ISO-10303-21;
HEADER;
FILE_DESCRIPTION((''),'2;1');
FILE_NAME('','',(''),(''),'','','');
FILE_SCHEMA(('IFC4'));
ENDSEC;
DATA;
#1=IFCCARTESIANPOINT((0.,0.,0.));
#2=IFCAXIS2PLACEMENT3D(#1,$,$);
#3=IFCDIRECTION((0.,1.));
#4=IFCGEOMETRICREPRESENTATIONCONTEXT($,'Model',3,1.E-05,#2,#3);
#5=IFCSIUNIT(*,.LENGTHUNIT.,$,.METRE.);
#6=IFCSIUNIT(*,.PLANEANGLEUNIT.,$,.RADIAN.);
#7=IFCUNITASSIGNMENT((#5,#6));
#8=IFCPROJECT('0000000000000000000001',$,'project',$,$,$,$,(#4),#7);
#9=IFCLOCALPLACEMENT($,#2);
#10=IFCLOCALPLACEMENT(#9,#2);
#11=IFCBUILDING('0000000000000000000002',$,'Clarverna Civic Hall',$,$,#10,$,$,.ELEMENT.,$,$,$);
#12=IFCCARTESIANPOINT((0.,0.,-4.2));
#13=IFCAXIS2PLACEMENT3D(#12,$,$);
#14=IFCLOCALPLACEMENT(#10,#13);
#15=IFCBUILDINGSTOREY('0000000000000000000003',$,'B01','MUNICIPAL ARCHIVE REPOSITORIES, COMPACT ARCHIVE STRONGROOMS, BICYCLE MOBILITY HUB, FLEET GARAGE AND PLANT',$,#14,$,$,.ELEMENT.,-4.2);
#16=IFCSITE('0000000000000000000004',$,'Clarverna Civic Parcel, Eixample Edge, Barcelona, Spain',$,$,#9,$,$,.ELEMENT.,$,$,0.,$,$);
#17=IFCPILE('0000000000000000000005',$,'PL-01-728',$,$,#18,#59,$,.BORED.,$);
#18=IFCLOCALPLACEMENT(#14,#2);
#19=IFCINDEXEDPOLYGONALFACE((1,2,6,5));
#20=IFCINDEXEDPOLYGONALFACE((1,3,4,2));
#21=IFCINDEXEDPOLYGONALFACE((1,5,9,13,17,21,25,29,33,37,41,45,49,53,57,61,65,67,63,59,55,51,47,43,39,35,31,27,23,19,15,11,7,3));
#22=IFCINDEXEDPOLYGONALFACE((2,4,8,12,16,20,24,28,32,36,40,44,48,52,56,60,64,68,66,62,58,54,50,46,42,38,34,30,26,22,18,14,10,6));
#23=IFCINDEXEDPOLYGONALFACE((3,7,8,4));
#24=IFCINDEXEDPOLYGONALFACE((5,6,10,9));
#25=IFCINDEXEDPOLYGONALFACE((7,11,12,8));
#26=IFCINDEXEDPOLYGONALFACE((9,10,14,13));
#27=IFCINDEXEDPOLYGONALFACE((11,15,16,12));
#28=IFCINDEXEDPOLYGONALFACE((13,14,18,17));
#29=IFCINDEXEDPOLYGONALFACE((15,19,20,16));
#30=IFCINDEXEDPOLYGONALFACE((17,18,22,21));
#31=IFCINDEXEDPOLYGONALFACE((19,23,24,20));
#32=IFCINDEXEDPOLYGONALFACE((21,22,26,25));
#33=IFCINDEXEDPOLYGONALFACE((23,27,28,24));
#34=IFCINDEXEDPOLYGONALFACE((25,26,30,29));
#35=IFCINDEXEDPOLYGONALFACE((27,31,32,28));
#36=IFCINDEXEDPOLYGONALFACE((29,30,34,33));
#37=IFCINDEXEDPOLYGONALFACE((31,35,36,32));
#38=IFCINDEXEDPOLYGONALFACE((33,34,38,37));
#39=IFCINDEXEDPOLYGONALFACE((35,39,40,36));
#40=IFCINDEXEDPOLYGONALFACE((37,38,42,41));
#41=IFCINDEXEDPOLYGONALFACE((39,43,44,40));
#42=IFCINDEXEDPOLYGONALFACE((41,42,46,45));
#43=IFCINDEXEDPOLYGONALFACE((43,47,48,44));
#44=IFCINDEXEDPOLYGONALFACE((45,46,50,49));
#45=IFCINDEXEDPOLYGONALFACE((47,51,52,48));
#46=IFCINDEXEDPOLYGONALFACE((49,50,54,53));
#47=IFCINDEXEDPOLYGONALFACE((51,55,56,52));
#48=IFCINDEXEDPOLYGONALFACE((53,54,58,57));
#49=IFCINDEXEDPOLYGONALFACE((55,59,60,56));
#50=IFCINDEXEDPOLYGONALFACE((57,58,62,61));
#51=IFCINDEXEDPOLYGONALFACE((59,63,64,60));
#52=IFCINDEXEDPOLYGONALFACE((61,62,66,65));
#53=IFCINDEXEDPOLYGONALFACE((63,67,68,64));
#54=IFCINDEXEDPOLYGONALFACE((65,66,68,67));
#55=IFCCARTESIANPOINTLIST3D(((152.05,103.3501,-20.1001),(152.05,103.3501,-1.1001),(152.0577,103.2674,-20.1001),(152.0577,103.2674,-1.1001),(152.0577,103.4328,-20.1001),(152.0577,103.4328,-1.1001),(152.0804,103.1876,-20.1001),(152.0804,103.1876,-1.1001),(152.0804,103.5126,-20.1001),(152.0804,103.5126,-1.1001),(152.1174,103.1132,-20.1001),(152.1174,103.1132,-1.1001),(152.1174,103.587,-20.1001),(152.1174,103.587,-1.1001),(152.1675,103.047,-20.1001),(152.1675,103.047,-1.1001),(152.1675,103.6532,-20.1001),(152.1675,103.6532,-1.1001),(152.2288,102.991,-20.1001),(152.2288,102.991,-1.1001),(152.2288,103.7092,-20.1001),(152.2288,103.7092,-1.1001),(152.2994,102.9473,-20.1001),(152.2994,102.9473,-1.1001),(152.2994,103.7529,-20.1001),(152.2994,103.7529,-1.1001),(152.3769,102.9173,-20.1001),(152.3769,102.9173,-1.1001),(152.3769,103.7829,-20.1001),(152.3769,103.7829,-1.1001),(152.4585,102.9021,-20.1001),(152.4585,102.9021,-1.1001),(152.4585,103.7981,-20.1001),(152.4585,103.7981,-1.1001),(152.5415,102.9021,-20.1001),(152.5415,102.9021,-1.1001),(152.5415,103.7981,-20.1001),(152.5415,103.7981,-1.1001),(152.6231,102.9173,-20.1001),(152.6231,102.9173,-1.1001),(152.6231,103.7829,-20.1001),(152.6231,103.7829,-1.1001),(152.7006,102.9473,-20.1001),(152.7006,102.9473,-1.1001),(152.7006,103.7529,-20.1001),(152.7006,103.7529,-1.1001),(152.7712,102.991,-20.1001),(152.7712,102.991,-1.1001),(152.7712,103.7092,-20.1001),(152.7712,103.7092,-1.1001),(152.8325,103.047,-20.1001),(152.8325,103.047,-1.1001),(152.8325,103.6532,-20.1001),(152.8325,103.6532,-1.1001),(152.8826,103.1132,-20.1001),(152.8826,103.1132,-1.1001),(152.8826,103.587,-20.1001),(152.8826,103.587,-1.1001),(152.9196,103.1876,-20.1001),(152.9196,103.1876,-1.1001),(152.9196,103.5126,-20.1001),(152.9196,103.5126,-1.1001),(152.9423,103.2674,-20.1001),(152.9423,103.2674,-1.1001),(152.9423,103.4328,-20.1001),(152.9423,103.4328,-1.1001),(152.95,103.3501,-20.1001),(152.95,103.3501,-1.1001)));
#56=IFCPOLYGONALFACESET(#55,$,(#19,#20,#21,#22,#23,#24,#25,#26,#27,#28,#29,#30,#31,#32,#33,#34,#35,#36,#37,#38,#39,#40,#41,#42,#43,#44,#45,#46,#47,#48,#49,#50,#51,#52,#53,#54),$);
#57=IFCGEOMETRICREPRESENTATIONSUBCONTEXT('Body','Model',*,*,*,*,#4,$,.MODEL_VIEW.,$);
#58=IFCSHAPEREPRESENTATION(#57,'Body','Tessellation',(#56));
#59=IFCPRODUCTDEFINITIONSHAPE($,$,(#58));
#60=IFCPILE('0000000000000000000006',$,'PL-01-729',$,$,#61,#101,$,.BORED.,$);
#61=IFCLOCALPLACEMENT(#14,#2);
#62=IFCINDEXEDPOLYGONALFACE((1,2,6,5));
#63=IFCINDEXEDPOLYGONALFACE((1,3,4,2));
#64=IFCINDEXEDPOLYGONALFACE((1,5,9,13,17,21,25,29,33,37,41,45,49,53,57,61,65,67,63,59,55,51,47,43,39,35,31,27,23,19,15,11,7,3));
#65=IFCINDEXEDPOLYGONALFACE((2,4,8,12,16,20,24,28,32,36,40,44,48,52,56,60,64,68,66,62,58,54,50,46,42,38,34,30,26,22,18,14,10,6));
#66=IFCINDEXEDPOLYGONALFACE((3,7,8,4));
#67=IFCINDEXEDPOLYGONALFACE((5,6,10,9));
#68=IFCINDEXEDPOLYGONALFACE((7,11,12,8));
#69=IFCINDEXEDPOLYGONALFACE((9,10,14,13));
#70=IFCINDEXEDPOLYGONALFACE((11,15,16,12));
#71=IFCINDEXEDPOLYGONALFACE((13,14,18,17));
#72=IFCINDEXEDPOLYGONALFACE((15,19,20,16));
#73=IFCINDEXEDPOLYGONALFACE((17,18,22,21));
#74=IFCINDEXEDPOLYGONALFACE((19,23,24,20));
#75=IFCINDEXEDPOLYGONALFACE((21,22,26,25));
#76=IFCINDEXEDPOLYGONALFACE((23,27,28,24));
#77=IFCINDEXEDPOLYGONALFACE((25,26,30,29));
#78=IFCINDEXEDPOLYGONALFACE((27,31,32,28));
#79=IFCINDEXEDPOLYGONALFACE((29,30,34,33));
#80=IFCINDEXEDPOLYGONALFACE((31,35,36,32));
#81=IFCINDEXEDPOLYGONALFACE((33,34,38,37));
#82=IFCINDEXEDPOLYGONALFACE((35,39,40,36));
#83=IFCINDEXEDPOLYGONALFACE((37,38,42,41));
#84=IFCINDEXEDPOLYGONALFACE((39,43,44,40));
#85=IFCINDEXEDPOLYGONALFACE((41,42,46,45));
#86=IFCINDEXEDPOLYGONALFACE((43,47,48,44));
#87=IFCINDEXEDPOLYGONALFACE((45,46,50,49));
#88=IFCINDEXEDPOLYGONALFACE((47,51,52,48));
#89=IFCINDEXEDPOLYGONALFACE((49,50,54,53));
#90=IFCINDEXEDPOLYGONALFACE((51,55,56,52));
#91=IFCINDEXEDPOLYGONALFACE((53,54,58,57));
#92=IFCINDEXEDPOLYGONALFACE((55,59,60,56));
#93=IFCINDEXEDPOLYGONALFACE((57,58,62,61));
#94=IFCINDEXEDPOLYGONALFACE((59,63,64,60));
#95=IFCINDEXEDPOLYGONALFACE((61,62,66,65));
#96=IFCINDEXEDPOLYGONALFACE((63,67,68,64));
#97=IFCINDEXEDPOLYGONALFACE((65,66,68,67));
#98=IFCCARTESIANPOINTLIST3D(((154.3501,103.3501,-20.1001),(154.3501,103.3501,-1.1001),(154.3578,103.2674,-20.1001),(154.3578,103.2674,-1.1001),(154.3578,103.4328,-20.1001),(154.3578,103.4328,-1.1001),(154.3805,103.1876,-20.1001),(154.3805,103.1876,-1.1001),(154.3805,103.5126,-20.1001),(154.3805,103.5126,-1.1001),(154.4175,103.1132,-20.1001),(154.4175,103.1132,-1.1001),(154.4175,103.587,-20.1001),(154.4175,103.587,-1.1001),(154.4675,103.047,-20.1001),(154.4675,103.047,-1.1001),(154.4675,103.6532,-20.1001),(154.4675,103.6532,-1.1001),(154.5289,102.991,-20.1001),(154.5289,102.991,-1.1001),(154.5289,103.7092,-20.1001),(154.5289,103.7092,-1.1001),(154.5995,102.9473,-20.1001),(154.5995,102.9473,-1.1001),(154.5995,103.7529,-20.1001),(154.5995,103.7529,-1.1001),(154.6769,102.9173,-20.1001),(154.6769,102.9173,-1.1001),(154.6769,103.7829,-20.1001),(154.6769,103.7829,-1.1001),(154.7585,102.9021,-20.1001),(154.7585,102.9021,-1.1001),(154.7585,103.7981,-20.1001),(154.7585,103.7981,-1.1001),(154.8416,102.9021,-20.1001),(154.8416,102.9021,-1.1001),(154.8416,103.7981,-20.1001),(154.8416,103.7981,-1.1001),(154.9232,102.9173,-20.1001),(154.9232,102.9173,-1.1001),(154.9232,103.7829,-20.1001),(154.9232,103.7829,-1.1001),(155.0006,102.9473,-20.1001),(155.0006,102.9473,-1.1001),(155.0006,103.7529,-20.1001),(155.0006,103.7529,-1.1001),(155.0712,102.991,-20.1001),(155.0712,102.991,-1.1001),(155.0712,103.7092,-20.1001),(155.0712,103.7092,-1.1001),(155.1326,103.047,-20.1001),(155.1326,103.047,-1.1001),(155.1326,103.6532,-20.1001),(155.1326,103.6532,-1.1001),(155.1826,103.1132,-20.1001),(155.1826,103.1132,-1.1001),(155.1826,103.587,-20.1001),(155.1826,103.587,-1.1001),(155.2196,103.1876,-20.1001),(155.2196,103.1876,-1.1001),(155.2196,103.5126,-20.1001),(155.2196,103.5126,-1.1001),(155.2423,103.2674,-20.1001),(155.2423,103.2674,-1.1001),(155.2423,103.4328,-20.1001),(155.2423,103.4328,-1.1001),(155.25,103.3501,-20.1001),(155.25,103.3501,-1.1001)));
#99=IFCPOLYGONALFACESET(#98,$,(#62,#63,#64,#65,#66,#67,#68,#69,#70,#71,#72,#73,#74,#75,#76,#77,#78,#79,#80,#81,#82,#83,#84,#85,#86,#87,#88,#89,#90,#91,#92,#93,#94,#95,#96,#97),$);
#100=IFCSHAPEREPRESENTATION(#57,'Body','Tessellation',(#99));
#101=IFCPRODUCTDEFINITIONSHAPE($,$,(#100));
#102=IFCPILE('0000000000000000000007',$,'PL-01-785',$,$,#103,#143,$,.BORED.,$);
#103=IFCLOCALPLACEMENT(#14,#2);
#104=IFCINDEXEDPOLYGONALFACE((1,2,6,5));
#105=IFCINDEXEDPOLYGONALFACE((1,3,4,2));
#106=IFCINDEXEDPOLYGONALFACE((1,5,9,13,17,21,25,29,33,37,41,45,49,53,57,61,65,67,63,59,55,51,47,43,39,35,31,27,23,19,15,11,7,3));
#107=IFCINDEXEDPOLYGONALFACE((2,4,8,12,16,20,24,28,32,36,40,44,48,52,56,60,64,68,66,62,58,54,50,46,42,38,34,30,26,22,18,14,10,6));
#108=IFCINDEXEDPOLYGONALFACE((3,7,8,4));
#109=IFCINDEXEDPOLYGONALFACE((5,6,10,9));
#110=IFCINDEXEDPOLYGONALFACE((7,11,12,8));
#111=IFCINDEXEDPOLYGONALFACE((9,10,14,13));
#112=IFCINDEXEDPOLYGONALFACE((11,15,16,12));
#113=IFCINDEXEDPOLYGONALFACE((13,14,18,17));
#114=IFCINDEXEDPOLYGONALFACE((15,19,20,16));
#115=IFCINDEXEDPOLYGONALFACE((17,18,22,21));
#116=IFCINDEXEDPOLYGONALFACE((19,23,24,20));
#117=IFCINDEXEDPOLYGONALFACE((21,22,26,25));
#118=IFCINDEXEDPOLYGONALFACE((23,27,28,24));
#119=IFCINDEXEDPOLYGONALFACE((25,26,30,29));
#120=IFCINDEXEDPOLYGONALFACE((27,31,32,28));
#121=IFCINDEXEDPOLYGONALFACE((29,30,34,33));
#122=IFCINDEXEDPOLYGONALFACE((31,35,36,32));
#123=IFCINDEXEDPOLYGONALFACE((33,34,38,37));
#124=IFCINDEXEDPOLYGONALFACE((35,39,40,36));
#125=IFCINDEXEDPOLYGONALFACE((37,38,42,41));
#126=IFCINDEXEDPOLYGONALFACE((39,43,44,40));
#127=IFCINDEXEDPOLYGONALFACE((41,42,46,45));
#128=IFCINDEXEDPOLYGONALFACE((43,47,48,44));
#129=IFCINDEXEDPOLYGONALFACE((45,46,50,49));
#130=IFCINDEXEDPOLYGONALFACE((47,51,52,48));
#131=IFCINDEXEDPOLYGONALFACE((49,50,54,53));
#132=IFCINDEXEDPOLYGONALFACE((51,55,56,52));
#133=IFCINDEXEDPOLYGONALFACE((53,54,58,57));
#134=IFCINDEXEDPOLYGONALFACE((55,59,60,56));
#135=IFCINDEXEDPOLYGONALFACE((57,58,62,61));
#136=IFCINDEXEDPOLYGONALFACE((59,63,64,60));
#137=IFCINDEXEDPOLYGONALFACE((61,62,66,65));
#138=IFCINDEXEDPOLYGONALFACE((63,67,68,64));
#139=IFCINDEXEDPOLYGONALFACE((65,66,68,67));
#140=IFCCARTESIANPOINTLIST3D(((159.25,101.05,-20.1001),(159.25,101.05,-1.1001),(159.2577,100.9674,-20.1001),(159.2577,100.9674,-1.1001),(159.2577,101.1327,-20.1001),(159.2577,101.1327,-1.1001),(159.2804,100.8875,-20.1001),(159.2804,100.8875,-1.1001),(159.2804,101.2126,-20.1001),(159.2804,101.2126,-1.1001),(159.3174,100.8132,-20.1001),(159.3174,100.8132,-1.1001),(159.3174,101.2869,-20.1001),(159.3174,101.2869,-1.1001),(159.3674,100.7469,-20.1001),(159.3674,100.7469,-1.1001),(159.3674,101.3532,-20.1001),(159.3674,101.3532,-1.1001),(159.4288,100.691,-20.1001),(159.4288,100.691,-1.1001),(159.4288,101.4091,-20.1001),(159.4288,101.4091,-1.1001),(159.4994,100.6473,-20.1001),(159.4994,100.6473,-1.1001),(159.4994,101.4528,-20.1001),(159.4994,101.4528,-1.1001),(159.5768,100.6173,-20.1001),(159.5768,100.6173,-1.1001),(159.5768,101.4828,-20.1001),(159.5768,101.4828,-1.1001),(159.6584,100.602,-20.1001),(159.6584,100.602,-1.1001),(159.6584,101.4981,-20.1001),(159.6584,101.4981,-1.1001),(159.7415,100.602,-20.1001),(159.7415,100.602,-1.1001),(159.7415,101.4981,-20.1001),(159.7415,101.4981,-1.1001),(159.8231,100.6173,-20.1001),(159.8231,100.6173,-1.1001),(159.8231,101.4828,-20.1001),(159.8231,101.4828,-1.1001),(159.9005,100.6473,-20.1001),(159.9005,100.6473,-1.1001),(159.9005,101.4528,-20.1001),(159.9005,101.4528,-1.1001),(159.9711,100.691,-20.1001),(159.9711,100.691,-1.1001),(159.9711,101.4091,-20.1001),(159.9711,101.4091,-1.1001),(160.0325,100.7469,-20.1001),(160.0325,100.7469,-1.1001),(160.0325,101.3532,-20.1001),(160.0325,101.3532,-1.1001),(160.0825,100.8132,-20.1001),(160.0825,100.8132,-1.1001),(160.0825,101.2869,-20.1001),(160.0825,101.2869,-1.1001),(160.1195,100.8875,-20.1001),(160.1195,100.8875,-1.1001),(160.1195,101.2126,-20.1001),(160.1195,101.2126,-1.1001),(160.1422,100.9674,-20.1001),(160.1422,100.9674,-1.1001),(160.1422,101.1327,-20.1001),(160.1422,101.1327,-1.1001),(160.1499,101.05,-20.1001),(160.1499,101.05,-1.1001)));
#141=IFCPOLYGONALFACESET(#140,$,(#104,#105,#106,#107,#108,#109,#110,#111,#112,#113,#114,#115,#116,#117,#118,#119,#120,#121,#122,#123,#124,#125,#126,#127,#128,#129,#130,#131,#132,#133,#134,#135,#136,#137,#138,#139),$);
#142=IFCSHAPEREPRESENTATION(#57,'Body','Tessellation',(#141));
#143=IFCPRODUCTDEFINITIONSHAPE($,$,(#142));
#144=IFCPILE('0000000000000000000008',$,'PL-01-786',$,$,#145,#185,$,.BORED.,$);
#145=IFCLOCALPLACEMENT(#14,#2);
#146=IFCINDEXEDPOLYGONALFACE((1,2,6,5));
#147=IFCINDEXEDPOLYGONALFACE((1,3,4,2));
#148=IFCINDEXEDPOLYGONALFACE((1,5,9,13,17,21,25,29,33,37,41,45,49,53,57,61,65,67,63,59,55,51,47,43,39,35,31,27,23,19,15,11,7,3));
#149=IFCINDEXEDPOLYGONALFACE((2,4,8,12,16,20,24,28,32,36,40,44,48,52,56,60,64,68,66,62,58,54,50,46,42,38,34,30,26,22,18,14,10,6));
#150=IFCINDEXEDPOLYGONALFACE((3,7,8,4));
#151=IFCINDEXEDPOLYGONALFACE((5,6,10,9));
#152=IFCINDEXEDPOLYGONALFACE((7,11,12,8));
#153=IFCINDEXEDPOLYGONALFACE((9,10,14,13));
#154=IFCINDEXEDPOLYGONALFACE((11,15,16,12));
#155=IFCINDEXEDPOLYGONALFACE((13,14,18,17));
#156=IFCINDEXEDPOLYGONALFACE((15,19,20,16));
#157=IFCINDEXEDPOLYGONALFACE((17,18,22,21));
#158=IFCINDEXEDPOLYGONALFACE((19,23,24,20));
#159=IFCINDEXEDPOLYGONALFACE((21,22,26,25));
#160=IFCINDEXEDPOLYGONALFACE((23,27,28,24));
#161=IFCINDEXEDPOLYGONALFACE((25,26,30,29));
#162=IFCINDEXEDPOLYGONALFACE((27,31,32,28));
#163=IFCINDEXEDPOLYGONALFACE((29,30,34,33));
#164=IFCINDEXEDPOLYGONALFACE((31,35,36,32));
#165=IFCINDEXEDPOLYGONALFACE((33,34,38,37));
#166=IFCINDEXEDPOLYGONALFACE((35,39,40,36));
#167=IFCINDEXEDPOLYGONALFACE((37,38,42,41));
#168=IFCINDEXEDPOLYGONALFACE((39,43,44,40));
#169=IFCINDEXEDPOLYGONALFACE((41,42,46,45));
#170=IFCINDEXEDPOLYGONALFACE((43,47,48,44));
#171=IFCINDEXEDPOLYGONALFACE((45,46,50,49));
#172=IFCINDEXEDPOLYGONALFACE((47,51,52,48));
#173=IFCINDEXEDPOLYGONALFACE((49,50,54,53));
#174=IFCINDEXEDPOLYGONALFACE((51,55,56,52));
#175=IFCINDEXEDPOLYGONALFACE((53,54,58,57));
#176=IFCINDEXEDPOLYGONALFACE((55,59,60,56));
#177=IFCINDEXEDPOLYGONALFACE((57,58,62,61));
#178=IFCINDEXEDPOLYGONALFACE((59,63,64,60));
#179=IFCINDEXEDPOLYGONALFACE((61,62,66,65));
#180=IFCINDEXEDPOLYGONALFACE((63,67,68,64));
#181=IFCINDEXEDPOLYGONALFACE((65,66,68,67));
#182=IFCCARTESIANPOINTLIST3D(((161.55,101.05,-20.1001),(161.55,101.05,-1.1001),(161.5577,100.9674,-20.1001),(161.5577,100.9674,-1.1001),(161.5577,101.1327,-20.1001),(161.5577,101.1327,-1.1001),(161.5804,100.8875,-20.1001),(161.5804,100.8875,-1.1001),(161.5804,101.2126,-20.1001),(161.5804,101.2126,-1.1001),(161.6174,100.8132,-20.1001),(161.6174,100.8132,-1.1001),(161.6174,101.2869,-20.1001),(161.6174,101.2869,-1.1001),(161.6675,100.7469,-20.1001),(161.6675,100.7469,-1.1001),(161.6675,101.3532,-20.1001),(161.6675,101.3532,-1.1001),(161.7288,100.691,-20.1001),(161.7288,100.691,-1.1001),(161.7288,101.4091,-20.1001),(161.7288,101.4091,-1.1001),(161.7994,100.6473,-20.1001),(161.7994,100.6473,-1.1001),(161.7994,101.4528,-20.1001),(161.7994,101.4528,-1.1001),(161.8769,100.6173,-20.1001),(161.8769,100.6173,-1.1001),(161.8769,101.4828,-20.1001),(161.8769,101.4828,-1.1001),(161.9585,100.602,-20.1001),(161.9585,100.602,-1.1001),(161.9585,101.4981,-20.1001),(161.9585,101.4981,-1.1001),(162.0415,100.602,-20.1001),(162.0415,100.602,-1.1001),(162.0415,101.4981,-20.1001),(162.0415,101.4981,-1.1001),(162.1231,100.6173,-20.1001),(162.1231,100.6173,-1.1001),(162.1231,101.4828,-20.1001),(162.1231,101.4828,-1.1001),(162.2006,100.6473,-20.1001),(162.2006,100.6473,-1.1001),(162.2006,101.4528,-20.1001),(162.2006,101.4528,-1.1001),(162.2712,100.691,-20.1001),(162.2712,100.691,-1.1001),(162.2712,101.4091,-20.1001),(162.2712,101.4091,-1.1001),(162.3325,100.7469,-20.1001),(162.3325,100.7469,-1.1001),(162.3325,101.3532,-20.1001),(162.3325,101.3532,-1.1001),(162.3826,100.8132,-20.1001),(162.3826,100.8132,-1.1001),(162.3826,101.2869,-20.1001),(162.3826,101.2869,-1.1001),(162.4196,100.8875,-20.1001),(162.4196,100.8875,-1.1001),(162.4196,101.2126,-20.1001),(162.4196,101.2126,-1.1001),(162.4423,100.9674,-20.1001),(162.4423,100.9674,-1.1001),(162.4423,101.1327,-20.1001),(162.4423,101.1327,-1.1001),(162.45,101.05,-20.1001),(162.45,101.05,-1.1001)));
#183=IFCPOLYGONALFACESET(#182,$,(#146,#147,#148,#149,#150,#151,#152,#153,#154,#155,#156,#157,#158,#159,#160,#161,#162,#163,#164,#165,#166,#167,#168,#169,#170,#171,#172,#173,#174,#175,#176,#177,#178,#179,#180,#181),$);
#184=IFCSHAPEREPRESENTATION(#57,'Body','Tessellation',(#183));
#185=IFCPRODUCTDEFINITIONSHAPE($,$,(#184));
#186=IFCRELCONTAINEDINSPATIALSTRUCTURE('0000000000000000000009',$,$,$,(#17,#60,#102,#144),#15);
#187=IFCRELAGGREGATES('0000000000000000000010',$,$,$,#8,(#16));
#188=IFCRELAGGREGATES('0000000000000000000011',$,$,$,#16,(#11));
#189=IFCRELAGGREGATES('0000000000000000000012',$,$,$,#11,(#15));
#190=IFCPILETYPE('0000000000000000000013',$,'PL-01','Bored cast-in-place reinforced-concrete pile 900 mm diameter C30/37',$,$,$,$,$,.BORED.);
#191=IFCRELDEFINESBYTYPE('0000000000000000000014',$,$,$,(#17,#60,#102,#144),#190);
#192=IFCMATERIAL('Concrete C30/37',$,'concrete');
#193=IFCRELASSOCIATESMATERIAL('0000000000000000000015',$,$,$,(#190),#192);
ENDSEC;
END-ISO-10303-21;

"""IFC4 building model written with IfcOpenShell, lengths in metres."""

from ifc_helpers import new_model, si_unit, direction, frame, origin, origin_2d, place, context, subcontext, project, spatial, circle, extrude, material, material_profile, profile_set, type_object, element, save


model = new_model("IFC4")

# Units and contexts
model_context = context("Model", 3, precision=1e-05, world=origin(), true_north=direction((0.0, 1.0)))
body_context = subcontext(model_context, "Body", "Model", "MODEL_VIEW")
ifc_project = project(units=[si_unit("LENGTHUNIT", "METRE"), si_unit("PLANEANGLEUNIT", "RADIAN")], contexts=[model_context])

# Site, building, storey
site_placement = place(None, origin())
site = spatial("IfcSite", under=ifc_project, at=site_placement, Name="Clarverna Civic Parcel, Eixample Edge, Barcelona, Spain", CompositionType="ELEMENT", RefElevation=0.0)
building_placement = place(site_placement, origin())
building = spatial("IfcBuilding", under=site, at=building_placement, Name="Clarverna Civic Hall", CompositionType="ELEMENT")
storey_placement = place(building_placement, frame((0.0, 0.0, -4.2)))
storey = spatial("IfcBuildingStorey", under=building, at=storey_placement, Name="B01", Description="MUNICIPAL ARCHIVE REPOSITORIES, COMPACT ARCHIVE STRONGROOMS, BICYCLE MOBILITY HUB, FLEET GARAGE AND PLANT", CompositionType="ELEMENT", Elevation=-4.2)

# Shared definitions
ifc_material_1 = material(Name="Concrete C30/37", Category="concrete")

# Piles
ifc_material_profile_1 = material_profile(ifc_material_1, circle(Radius=0.45, at=origin_2d()), Name="BORED PILE D900")
ifc_profile_set_1 = profile_set([ifc_material_profile_1], Name="Concrete C30/37")
pile_type_1 = type_object("IfcPileType", Name="PL-01", Description="Bored cast-in-place reinforced-concrete pile 900 mm diameter C30/37", PredefinedType="BORED", material=ifc_profile_set_1)
for number, where, z_axis, x_axis, name in (
    (1, (152.5, 103.3501, -1.1001), (0.0, 0.0, -1.0), (1.0, 0.0, 0.0), "PL-01-728"),
    (2, (154.8, 103.3501, -1.1001), (0.0, 0.0, -1.0), (1.0, 0.0, 0.0), "PL-01-729"),
    (3, (159.7, 101.05, -1.1001), (0.0, 0.0, -1.0), (1.0, 0.0, 0.0), "PL-01-785"),
    (4, (162.0, 101.05, -1.1001), (0.0, 0.0, -1.0), (1.0, 0.0, 0.0), "PL-01-786"),
):
    element("IfcPile", number, at=place(storey_placement, frame(where, z_axis=z_axis, x_axis=x_axis)), inside=storey, type_object=pile_type_1, Name=name, PredefinedType="BORED", context=body_context, shape_type="SweptSolid", body=[
        extrude(circle(Radius=0.45, at=origin_2d()), origin(), (0.0, 0.0, 1.0), 19.0),
    ])

save(model, "model.ifc")
